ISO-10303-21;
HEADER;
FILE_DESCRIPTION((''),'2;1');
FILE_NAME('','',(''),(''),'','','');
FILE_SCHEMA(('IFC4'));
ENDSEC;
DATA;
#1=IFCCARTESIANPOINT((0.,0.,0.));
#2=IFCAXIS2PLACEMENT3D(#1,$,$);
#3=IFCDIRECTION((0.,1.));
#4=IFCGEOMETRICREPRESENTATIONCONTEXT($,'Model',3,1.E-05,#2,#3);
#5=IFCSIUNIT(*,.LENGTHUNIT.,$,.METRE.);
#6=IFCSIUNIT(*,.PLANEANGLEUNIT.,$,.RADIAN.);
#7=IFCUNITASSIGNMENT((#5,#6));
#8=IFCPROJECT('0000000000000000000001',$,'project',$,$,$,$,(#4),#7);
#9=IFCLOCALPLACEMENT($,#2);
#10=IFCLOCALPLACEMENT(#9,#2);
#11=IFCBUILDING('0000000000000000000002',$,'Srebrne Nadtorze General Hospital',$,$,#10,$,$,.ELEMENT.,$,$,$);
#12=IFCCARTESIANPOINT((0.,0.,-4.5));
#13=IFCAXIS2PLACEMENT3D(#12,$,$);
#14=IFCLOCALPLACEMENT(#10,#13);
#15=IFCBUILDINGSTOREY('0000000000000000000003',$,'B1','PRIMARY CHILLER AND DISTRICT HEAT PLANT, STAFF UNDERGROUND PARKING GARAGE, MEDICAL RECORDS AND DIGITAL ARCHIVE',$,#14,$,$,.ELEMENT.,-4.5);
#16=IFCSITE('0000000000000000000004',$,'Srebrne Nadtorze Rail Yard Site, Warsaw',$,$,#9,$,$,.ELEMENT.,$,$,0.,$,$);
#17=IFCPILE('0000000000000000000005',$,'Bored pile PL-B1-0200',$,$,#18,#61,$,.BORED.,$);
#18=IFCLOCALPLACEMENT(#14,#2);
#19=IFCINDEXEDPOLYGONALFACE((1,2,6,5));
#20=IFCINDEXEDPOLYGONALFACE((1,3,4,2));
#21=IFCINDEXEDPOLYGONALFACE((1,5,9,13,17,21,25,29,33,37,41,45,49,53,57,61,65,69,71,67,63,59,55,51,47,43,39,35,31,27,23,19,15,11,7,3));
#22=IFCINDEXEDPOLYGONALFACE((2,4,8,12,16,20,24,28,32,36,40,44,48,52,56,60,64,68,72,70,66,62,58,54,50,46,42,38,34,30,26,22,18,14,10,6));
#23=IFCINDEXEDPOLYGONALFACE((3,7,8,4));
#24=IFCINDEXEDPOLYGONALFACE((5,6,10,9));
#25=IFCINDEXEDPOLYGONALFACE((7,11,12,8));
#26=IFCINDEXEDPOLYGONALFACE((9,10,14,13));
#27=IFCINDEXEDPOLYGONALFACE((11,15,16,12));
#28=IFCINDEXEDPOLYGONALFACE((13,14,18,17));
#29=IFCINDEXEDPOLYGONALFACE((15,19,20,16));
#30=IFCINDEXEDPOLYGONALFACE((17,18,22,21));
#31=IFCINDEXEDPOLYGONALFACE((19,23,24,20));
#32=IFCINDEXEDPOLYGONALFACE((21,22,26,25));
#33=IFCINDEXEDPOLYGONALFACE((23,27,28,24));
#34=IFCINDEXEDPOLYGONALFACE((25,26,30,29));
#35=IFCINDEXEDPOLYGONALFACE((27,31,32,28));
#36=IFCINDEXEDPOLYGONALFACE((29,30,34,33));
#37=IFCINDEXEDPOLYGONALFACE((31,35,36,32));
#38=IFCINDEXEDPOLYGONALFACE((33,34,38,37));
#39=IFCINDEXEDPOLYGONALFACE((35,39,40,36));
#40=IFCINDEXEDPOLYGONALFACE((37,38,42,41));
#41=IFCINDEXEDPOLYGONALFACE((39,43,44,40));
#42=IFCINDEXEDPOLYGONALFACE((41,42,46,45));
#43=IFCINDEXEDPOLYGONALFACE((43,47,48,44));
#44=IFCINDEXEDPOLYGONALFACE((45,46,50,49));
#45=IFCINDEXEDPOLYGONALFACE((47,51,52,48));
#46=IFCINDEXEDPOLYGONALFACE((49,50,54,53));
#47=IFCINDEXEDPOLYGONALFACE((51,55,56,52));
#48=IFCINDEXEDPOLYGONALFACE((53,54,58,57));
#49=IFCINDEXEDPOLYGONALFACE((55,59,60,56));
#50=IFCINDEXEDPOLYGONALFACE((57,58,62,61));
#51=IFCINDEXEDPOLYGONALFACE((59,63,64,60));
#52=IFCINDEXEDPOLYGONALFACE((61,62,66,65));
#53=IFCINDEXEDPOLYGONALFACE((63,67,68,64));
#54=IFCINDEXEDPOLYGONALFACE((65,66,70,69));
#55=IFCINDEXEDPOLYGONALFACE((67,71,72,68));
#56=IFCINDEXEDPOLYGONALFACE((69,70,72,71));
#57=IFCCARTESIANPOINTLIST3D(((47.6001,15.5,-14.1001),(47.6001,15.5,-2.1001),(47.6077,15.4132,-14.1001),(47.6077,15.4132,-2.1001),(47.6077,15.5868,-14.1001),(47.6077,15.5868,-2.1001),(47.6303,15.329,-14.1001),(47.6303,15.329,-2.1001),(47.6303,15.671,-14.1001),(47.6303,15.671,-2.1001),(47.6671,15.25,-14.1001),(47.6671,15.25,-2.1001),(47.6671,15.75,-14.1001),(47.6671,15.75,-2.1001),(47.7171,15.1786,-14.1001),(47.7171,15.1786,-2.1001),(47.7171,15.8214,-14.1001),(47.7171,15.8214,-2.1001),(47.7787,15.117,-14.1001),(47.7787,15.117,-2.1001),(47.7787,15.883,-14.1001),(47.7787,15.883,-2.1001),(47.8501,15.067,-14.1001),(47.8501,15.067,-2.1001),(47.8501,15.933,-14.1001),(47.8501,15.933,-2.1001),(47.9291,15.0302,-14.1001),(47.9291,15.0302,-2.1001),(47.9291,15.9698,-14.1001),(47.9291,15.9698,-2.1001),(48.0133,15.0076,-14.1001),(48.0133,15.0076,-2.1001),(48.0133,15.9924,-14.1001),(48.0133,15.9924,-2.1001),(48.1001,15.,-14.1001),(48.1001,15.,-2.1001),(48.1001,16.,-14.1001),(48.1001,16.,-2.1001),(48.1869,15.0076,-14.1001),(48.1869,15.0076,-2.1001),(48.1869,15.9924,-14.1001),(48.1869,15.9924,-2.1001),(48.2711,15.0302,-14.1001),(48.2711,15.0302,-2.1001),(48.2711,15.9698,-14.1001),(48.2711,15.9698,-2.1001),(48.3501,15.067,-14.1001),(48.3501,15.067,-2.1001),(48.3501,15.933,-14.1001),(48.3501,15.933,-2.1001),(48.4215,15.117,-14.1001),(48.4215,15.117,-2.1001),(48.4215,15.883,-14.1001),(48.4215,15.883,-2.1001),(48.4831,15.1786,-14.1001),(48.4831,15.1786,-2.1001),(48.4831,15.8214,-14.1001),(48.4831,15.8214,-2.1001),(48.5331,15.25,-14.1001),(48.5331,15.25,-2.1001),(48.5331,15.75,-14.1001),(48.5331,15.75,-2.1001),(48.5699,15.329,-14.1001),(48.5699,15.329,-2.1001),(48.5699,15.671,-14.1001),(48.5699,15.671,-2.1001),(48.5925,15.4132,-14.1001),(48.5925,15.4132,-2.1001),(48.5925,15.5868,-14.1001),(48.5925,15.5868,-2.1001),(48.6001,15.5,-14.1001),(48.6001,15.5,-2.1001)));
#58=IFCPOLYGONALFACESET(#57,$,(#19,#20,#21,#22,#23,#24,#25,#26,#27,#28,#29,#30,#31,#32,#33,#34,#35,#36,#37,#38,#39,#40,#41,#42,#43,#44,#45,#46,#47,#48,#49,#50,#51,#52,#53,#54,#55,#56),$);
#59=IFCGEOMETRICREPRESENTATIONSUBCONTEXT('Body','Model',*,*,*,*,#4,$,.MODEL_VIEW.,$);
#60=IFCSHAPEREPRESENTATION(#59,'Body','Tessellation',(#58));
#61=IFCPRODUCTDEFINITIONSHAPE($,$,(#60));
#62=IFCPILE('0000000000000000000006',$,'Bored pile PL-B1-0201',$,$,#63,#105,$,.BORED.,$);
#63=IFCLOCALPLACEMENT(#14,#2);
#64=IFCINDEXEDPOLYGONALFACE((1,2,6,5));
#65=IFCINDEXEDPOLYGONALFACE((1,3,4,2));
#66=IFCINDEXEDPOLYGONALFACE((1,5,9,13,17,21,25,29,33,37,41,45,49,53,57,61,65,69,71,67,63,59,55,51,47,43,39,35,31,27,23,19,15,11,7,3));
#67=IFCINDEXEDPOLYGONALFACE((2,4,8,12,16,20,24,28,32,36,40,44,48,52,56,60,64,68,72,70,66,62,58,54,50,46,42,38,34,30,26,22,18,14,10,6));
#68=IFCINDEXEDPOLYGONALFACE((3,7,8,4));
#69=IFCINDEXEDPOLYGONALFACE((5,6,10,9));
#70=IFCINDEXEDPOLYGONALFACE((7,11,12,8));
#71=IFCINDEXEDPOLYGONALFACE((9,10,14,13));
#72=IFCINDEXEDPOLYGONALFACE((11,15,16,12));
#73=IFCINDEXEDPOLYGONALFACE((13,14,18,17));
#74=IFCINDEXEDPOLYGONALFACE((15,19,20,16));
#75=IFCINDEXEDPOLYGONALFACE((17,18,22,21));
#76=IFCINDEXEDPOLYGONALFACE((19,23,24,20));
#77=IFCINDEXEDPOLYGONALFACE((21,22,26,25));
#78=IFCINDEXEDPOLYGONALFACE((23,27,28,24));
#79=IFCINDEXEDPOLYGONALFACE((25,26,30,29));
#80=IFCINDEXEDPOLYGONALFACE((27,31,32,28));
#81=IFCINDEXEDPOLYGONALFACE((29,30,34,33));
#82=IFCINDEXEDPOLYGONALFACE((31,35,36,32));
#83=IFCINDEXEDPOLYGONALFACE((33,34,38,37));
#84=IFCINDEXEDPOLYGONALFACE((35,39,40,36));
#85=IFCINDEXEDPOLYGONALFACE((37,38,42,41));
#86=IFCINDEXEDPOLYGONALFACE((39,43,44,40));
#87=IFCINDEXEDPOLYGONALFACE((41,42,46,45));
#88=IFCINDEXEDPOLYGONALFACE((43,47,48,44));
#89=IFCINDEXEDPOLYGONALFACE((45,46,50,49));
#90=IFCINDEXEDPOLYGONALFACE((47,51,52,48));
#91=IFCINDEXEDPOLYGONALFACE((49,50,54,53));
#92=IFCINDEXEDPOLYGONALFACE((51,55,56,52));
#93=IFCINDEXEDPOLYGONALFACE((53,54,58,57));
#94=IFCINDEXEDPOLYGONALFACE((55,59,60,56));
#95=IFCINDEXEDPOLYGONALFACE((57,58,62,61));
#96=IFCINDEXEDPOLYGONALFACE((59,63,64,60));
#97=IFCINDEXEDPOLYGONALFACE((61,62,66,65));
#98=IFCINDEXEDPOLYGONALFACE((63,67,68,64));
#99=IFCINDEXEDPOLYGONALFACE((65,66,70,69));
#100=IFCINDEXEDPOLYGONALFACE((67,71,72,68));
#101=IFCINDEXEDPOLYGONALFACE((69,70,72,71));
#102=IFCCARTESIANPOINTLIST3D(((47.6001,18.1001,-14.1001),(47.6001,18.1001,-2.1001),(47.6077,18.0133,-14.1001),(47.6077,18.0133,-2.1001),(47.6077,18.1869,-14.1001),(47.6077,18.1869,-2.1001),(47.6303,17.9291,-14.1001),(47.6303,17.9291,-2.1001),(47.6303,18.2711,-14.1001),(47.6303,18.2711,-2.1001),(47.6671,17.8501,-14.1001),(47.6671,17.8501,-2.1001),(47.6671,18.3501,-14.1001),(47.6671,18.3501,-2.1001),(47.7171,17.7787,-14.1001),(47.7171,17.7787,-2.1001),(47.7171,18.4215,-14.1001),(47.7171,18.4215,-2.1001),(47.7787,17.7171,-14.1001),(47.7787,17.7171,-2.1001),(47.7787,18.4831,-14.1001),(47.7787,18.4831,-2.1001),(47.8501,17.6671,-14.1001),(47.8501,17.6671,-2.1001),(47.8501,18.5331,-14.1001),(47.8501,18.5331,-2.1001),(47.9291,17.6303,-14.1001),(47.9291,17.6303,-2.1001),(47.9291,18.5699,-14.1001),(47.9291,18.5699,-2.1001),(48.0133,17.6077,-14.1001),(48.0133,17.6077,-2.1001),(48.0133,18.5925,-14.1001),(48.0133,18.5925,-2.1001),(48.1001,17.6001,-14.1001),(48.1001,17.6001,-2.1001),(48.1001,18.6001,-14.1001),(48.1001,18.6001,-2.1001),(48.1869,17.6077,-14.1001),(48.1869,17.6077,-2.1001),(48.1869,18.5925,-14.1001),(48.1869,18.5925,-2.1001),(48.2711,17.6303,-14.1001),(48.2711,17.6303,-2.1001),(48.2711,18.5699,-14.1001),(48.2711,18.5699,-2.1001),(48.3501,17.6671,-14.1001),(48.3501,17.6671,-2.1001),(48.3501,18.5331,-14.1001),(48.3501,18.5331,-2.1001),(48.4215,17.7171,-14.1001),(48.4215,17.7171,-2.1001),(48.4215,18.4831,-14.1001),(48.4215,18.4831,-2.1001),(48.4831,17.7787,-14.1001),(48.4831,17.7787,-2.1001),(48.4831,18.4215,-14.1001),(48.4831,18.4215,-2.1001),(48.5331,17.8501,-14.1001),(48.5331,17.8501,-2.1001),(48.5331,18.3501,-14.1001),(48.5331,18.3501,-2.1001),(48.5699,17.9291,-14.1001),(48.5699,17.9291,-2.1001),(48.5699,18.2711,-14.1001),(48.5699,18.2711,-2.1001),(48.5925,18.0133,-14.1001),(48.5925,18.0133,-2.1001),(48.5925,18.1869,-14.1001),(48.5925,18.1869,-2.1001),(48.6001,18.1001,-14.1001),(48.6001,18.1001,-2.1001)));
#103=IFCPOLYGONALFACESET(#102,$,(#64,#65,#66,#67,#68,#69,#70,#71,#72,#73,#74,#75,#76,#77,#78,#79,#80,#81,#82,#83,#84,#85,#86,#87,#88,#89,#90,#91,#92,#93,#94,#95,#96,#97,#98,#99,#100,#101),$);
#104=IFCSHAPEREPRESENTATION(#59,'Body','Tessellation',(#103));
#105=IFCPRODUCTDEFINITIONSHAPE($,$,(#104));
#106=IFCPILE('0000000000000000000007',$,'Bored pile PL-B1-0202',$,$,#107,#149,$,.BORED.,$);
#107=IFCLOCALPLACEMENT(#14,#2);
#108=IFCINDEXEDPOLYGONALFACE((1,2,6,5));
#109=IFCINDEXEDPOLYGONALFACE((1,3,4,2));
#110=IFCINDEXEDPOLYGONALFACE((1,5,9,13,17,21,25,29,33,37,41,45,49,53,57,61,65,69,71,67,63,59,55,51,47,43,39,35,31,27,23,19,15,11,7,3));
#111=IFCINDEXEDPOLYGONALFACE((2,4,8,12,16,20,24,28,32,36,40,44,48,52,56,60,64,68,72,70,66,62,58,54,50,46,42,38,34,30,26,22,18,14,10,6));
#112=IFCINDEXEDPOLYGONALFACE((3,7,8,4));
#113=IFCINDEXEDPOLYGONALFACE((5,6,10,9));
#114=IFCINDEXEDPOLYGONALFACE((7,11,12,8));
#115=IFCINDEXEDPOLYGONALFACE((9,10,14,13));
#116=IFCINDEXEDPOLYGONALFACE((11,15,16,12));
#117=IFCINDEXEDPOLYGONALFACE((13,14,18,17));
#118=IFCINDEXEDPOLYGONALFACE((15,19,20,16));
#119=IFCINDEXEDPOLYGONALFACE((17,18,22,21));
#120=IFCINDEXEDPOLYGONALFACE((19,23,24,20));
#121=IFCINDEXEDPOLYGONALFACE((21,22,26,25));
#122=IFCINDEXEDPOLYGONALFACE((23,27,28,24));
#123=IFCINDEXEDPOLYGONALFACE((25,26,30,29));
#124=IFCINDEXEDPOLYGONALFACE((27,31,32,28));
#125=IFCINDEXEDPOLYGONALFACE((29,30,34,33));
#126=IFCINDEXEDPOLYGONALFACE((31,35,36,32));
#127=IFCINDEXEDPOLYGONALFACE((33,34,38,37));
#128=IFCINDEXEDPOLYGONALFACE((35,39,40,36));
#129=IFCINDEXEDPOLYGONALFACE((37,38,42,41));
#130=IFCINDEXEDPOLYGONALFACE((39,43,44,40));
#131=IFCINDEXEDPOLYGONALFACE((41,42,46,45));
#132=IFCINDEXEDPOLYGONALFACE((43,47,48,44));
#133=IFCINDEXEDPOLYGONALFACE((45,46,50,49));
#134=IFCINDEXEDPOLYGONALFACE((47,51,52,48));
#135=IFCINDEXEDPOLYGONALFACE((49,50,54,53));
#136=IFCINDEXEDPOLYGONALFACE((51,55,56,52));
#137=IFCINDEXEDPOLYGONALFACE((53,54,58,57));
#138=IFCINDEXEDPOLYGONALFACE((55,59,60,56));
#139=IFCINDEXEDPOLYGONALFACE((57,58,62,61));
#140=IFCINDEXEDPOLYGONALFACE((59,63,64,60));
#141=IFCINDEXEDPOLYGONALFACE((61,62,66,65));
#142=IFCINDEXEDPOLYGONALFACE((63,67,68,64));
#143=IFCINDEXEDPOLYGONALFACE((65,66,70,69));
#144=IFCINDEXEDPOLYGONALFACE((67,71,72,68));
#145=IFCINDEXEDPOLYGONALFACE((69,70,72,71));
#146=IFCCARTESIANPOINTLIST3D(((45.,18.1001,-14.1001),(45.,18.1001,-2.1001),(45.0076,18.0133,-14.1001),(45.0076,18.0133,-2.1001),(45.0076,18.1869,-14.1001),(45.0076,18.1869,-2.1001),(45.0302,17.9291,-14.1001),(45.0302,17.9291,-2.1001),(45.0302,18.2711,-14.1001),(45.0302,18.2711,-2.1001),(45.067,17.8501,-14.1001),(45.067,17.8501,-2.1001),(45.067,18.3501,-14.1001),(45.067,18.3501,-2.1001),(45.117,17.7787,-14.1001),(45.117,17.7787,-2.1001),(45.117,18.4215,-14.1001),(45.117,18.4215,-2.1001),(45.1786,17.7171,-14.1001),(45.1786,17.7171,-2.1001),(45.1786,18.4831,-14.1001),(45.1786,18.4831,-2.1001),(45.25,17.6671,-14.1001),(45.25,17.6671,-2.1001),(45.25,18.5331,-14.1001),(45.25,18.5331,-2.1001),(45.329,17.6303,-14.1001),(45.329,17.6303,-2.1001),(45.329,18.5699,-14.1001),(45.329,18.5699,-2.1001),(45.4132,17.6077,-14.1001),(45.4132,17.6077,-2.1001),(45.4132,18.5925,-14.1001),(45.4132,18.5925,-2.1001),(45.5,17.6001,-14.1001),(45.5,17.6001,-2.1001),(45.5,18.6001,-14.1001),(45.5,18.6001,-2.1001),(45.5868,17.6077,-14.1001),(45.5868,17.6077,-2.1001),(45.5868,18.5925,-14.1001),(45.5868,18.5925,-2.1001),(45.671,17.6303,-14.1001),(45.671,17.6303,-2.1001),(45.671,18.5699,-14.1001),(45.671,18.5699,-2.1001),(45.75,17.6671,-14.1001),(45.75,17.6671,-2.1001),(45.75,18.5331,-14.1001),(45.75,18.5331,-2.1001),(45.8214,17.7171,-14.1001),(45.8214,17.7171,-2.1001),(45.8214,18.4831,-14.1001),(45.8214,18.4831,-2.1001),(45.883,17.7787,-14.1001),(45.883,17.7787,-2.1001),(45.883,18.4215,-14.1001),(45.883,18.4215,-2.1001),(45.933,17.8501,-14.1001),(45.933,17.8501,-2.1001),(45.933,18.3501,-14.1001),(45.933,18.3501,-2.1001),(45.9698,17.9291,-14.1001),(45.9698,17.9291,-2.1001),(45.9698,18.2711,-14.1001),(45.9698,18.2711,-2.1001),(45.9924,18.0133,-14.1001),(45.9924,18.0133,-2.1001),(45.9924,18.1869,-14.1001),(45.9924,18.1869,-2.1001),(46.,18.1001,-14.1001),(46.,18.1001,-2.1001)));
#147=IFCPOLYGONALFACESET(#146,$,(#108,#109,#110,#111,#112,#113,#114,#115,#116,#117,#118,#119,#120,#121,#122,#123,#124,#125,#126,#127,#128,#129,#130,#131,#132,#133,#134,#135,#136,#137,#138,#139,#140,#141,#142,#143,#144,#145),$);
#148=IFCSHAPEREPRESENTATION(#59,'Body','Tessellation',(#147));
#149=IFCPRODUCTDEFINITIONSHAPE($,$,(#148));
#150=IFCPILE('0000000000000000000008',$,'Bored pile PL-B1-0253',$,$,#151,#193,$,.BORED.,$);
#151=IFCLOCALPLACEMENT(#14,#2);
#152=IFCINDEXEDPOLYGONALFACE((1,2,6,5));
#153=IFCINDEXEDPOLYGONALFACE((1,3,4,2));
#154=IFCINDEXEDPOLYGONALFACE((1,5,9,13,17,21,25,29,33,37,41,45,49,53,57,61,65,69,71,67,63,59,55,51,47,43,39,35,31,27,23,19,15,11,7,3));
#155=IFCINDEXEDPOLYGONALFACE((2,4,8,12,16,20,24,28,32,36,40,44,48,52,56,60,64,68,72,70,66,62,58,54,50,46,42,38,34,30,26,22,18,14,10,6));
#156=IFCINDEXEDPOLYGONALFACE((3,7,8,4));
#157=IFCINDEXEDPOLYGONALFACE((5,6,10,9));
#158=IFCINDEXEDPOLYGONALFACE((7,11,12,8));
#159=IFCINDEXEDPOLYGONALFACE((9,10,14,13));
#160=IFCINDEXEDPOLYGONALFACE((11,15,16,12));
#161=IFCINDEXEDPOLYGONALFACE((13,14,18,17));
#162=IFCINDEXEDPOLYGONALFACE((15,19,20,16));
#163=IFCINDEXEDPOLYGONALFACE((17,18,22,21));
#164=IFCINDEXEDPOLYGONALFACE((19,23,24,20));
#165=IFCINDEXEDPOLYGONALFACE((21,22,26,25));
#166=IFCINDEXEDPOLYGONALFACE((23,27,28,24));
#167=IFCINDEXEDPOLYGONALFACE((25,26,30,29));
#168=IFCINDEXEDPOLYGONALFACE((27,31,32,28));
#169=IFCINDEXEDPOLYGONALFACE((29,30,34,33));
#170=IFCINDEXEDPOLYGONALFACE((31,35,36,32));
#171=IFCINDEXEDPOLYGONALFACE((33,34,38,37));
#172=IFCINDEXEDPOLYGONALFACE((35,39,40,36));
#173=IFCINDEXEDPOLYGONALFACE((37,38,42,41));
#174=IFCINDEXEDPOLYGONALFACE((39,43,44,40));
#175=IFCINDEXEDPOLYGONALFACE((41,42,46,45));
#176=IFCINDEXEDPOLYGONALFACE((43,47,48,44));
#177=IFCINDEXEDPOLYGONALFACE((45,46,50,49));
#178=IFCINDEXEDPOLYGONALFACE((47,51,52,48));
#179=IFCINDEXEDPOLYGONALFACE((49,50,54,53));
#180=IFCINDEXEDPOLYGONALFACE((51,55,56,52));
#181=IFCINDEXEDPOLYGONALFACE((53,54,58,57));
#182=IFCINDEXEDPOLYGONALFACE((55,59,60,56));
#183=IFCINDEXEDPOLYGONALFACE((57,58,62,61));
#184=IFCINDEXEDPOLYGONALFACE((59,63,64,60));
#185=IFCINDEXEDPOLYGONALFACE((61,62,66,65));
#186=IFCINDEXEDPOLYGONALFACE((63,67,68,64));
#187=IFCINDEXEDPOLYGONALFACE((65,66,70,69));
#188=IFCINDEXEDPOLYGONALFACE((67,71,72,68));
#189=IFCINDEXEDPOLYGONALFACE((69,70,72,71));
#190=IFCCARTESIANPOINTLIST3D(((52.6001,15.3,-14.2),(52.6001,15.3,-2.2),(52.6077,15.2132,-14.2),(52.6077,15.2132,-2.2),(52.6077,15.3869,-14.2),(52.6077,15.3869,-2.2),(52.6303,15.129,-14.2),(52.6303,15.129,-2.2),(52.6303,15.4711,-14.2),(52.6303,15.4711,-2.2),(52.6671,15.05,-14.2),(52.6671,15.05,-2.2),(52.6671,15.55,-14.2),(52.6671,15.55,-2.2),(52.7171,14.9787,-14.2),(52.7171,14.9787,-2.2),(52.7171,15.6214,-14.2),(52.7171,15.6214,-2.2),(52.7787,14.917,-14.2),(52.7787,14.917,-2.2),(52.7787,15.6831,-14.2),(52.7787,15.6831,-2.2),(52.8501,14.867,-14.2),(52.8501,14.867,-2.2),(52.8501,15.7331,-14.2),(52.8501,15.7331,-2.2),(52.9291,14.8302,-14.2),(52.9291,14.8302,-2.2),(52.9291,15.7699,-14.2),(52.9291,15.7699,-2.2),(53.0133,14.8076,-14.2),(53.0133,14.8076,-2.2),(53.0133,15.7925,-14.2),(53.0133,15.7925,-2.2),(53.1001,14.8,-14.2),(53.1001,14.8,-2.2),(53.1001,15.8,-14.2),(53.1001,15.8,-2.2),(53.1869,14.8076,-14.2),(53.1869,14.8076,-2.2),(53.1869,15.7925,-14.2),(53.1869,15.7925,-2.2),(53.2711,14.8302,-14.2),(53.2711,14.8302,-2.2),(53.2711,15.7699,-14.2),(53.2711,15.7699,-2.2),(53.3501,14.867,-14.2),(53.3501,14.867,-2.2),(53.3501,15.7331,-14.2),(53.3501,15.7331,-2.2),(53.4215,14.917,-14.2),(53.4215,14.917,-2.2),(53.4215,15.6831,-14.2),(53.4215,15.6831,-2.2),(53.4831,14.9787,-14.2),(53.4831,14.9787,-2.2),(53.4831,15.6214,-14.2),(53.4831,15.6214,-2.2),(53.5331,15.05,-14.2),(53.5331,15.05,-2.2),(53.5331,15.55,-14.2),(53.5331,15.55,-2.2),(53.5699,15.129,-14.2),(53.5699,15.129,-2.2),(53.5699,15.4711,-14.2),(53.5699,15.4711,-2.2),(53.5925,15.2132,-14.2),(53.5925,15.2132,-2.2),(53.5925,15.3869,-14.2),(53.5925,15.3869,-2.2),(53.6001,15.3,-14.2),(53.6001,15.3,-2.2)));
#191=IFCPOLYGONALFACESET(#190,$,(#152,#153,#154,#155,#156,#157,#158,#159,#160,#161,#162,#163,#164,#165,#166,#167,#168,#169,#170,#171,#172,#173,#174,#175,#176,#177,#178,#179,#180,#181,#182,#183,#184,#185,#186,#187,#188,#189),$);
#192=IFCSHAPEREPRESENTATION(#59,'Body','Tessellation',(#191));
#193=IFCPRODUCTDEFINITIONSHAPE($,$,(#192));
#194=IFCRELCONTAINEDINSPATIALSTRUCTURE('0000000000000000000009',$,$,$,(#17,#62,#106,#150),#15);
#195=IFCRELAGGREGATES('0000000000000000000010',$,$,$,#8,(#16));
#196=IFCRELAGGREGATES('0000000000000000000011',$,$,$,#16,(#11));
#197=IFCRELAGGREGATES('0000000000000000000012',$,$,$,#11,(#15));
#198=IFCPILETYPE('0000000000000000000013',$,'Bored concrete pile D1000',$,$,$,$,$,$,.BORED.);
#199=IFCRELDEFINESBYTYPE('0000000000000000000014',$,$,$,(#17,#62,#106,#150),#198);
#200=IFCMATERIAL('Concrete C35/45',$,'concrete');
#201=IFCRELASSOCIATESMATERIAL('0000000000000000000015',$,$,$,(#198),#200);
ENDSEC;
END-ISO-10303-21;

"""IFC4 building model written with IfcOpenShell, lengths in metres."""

from ifc_helpers import new_model, si_unit, direction, frame, origin, origin_2d, place, context, subcontext, project, spatial, circle, extrude, material, material_profile, profile_set, type_object, element, save


model = new_model("IFC4")

# Units and contexts
model_context = context("Model", 3, precision=1e-05, world=origin(), true_north=direction((0.0, 1.0)))
body_context = subcontext(model_context, "Body", "Model", "MODEL_VIEW")
ifc_project = project(units=[si_unit("LENGTHUNIT", "METRE"), si_unit("PLANEANGLEUNIT", "RADIAN")], contexts=[model_context])

# Site, building, storey
site_placement = place(None, origin())
site = spatial("IfcSite", under=ifc_project, at=site_placement, Name="Srebrne Nadtorze Rail Yard Site, Warsaw", CompositionType="ELEMENT", RefElevation=0.0)
building_placement = place(site_placement, origin())
building = spatial("IfcBuilding", under=site, at=building_placement, Name="Srebrne Nadtorze General Hospital", CompositionType="ELEMENT")
storey_placement = place(building_placement, frame((0.0, 0.0, -4.5)))
storey = spatial("IfcBuildingStorey", under=building, at=storey_placement, Name="B1", Description="PRIMARY CHILLER AND DISTRICT HEAT PLANT, STAFF UNDERGROUND PARKING GARAGE, MEDICAL RECORDS AND DIGITAL ARCHIVE", CompositionType="ELEMENT", Elevation=-4.5)

# Piles
ifc_material_1 = material(Name="Concrete C35/45", Category="concrete")
ifc_material_profile_1 = material_profile(ifc_material_1, circle(Radius=0.5, at=origin_2d()), Name="PILE-D1000")
ifc_profile_set_1 = profile_set([ifc_material_profile_1], Name="Concrete C35/45")
pile_type_1 = type_object("IfcPileType", Name="Bored concrete pile D1000", PredefinedType="BORED", material=ifc_profile_set_1)
for number, where, z_axis, x_axis, name in (
    (1, (48.1001, 15.5, -2.1001), (0.0, 0.0, -1.0), (1.0, 0.0, 0.0), "Bored pile PL-B1-0200"),
    (2, (48.1001, 18.1001, -2.1001), (0.0, 0.0, -1.0), (1.0, 0.0, 0.0), "Bored pile PL-B1-0201"),
    (3, (45.5, 18.1001, -2.1001), (0.0, 0.0, -1.0), (1.0, 0.0, 0.0), "Bored pile PL-B1-0202"),
    (4, (53.1001, 15.3, -2.2), (0.0, 0.0, -1.0), (1.0, 0.0, 0.0), "Bored pile PL-B1-0253"),
):
    element("IfcPile", number, at=place(storey_placement, frame(where, z_axis=z_axis, x_axis=x_axis)), inside=storey, type_object=pile_type_1, Name=name, PredefinedType="BORED", context=body_context, shape_type="SweptSolid", body=[
        extrude(circle(Radius=0.5, at=origin_2d()), origin(), (0.0, 0.0, 1.0), 12.0),
    ])

save(model, "model.ifc")
